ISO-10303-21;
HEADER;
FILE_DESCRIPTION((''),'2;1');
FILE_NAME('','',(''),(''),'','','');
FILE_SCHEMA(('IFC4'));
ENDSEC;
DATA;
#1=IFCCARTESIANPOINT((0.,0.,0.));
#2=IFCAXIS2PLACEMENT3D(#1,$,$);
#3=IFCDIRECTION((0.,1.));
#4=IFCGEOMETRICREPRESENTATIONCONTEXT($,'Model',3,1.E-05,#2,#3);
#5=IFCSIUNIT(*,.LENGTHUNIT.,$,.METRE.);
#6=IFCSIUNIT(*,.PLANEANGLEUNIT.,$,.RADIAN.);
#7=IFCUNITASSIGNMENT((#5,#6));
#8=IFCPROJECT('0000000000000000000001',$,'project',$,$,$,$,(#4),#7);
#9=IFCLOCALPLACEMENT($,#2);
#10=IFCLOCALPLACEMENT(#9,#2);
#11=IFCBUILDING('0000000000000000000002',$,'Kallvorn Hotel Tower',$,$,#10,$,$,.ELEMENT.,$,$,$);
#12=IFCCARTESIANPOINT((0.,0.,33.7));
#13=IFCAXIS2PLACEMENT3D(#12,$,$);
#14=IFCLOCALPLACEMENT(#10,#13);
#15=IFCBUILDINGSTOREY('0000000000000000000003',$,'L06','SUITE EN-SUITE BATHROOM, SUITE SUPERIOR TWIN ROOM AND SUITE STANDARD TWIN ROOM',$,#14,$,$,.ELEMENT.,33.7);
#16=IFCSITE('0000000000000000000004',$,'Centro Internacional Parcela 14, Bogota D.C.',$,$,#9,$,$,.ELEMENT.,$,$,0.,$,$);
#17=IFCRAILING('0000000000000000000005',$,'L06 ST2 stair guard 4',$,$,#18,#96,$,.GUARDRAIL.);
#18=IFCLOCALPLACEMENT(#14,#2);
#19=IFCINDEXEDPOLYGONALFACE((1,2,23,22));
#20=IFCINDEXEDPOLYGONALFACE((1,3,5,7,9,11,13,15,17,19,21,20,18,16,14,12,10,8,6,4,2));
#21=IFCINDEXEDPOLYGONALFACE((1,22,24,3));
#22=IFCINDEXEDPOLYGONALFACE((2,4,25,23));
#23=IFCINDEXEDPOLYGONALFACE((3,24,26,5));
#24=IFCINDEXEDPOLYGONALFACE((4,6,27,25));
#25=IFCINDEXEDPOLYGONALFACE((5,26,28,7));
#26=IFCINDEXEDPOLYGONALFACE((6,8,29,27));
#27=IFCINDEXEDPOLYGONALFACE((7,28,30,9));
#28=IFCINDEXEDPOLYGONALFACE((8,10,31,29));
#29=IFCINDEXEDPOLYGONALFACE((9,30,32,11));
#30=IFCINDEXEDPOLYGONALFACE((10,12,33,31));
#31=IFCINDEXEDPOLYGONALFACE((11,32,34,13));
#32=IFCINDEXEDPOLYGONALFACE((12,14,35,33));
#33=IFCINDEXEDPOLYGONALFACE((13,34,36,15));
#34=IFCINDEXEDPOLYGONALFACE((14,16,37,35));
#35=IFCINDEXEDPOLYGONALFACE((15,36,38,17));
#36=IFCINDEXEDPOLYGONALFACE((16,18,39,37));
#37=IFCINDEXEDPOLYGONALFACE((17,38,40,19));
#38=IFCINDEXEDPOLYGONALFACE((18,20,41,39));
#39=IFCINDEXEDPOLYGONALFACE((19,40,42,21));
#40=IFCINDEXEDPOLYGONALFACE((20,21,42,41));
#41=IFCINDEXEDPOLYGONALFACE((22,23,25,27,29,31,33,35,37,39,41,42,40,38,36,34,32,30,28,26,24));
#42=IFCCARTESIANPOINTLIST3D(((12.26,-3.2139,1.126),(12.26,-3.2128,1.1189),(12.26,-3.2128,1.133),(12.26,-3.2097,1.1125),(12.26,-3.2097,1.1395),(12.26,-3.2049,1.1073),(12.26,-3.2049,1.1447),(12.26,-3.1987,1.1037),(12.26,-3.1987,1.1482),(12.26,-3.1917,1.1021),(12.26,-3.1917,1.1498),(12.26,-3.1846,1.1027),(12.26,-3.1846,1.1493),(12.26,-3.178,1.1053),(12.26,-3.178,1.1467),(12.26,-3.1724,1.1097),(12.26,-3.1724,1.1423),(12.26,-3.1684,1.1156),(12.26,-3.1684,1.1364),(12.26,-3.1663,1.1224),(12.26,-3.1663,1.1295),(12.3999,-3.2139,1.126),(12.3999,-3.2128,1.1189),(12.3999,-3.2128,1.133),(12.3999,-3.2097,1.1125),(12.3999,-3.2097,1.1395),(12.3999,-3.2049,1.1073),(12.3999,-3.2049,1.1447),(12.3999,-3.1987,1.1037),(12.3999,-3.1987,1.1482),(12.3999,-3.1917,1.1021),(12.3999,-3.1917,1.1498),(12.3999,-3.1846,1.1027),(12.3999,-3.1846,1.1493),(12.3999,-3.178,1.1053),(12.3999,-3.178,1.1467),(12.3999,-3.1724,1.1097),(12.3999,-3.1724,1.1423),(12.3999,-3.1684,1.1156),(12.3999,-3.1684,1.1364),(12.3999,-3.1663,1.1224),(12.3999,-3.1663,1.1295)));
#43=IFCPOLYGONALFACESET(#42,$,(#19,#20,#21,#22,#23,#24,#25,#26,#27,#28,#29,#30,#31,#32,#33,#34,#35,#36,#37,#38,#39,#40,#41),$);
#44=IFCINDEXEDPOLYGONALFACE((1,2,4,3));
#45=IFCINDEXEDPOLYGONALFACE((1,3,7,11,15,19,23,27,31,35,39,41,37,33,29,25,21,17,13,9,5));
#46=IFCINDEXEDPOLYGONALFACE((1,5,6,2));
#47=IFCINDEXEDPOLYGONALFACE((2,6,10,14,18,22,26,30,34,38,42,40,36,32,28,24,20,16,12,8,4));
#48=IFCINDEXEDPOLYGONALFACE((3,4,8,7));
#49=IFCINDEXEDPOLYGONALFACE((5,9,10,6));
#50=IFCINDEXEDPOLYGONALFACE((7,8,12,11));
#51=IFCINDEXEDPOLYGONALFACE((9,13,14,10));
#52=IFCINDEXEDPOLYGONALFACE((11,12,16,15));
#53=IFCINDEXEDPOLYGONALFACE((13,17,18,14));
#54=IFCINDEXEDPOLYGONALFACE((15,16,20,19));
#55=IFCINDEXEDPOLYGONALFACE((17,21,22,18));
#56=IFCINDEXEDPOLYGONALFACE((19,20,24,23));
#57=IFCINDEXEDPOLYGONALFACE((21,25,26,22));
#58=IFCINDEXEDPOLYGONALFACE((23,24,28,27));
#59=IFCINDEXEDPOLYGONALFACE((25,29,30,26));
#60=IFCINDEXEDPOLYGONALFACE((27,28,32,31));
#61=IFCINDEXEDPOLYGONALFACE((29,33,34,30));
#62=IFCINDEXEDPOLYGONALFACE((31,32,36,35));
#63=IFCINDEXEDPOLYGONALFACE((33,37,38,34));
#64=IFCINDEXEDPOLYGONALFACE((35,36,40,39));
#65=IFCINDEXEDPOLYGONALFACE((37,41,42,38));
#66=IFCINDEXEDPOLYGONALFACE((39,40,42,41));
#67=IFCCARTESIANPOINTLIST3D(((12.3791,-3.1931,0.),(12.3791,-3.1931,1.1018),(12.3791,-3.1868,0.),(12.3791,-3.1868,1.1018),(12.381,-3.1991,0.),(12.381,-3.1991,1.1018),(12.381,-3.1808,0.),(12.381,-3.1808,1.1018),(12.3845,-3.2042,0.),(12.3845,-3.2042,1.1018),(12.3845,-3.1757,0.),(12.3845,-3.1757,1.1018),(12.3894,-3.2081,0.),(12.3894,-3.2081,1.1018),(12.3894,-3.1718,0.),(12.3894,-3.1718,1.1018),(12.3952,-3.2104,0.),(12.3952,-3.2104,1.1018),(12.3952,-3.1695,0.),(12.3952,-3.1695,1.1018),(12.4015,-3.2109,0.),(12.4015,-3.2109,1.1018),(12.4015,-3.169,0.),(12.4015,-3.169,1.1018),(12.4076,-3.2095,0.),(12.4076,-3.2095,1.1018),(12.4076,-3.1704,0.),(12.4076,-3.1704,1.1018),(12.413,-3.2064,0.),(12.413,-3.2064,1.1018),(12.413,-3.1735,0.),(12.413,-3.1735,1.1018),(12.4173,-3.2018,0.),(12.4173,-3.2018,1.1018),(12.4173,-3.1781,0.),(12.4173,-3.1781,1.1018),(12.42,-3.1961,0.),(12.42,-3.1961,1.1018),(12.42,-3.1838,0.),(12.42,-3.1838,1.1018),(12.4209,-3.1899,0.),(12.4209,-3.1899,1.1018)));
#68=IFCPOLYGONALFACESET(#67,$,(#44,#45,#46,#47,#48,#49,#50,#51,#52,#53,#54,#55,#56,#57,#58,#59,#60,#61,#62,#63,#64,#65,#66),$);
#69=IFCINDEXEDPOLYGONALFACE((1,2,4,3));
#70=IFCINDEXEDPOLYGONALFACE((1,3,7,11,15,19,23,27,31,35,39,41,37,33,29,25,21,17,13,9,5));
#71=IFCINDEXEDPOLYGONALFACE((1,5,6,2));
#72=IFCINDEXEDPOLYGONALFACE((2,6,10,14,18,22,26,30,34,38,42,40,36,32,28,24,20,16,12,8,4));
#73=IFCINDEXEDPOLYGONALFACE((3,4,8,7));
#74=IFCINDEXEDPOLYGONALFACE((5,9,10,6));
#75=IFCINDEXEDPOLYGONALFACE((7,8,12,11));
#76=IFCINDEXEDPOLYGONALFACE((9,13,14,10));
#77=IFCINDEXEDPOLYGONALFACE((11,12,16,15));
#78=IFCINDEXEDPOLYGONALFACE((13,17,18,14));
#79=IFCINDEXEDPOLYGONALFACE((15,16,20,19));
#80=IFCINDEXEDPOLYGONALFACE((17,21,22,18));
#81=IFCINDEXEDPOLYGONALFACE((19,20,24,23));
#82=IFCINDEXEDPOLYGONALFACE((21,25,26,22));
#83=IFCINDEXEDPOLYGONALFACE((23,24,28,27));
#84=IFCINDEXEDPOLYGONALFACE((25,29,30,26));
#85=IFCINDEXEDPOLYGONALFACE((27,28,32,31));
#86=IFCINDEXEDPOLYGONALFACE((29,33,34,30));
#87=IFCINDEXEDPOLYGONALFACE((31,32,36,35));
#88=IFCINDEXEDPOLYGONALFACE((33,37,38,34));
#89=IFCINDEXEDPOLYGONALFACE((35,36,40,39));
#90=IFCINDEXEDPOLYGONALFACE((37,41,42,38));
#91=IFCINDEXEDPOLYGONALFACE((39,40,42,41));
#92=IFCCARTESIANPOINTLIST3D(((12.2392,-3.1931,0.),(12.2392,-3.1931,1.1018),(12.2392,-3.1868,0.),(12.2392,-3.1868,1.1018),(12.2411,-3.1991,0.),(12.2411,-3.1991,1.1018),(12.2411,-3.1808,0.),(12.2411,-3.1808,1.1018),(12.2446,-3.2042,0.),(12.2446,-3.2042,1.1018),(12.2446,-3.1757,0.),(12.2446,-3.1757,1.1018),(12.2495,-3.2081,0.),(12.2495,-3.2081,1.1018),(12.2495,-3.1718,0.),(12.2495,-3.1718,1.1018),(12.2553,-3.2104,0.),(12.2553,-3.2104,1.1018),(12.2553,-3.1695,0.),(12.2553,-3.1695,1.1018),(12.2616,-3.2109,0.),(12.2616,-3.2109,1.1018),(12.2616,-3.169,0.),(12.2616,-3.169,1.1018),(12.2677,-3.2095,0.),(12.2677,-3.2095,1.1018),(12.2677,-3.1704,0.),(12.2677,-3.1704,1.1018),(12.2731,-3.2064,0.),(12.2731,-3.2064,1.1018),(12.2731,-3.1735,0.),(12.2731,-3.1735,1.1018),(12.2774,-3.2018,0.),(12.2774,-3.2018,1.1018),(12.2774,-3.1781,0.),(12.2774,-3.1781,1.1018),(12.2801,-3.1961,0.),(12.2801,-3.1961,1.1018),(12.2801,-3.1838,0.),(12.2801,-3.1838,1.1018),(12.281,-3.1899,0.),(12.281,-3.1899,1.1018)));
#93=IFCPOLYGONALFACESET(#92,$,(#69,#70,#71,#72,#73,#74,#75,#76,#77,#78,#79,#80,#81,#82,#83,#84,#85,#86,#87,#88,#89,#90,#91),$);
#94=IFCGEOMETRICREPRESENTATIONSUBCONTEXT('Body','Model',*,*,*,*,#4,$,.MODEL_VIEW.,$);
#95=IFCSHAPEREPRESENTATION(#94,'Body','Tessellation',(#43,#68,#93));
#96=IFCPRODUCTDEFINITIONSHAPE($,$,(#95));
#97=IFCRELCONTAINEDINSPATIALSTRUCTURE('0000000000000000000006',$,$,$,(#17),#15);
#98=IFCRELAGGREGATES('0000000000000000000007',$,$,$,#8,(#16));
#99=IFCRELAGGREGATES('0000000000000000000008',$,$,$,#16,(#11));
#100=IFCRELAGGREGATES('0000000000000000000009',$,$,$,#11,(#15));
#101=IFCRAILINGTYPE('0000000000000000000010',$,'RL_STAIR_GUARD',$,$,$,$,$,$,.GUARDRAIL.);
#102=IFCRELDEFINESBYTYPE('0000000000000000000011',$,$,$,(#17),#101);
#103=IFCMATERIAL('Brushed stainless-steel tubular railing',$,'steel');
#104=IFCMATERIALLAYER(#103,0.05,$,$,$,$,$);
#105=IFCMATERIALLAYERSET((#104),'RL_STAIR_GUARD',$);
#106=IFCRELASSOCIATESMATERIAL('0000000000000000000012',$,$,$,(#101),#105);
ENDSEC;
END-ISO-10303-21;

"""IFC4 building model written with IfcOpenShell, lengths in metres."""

from ifc_helpers import new_model, si_unit, direction, frame, origin, origin_2d, place, context, subcontext, project, spatial, circle, extrude, material, layer, layer_set, type_object, element, save


model = new_model("IFC4")

# Units and contexts
model_context = context("Model", 3, precision=1e-05, world=origin(), true_north=direction((0.0, 1.0)))
body_context = subcontext(model_context, "Body", "Model", "MODEL_VIEW")
ifc_project = project(units=[si_unit("LENGTHUNIT", "METRE"), si_unit("PLANEANGLEUNIT", "RADIAN")], contexts=[model_context])

# Site, building, storey
site_placement = place(None, origin())
site = spatial("IfcSite", under=ifc_project, at=site_placement, Name="Centro Internacional Parcela 14, Bogota D.C.", CompositionType="ELEMENT", RefElevation=0.0)
building_placement = place(site_placement, origin())
building = spatial("IfcBuilding", under=site, at=building_placement, Name="Kallvorn Hotel Tower", CompositionType="ELEMENT")
storey_placement = place(building_placement, frame((0.0, 0.0, 33.7)))
storey = spatial("IfcBuildingStorey", under=building, at=storey_placement, Name="L06", Description="SUITE EN-SUITE BATHROOM, SUITE SUPERIOR TWIN ROOM AND SUITE STANDARD TWIN ROOM", CompositionType="ELEMENT", Elevation=33.7)

# Railing
ifc_material_1 = material(Name="Brushed stainless-steel tubular railing", Category="steel")
ifc_layer_1 = layer(ifc_material_1, 0.05)
ifc_layer_set_1 = layer_set([ifc_layer_1], Name="RL_STAIR_GUARD")
railing_type_1 = type_object("IfcRailingType", Name="RL_STAIR_GUARD", PredefinedType="GUARDRAIL", material=ifc_layer_set_1)
railing_1_placement = place(storey_placement, frame((12.3999, -3.1899, 0.0)))
element("IfcRailing", 1, at=railing_1_placement, inside=storey, type_object=railing_type_1, Name="L06 ST2 stair guard 4", PredefinedType="GUARDRAIL", context=body_context, shape_type="SweptSolid", body=[
    extrude(circle(Radius=0.0239, at=origin_2d()), frame((0.0, 0.0, 1.126), z_axis=(-1.0, 0.0, 0.0), x_axis=(0.0, -1.0, 0.0)), (0.0, 0.0, 1.0), 0.1399),
    extrude(circle(Radius=0.021, at=origin_2d()), origin(), (0.0, 0.0, 1.0), 1.1018),
    extrude(circle(Radius=0.021, at=origin_2d()), frame((-0.1399, 0.0, 0.0)), (0.0, 0.0, 1.0), 1.1018),
])

save(model, "model.ifc")
